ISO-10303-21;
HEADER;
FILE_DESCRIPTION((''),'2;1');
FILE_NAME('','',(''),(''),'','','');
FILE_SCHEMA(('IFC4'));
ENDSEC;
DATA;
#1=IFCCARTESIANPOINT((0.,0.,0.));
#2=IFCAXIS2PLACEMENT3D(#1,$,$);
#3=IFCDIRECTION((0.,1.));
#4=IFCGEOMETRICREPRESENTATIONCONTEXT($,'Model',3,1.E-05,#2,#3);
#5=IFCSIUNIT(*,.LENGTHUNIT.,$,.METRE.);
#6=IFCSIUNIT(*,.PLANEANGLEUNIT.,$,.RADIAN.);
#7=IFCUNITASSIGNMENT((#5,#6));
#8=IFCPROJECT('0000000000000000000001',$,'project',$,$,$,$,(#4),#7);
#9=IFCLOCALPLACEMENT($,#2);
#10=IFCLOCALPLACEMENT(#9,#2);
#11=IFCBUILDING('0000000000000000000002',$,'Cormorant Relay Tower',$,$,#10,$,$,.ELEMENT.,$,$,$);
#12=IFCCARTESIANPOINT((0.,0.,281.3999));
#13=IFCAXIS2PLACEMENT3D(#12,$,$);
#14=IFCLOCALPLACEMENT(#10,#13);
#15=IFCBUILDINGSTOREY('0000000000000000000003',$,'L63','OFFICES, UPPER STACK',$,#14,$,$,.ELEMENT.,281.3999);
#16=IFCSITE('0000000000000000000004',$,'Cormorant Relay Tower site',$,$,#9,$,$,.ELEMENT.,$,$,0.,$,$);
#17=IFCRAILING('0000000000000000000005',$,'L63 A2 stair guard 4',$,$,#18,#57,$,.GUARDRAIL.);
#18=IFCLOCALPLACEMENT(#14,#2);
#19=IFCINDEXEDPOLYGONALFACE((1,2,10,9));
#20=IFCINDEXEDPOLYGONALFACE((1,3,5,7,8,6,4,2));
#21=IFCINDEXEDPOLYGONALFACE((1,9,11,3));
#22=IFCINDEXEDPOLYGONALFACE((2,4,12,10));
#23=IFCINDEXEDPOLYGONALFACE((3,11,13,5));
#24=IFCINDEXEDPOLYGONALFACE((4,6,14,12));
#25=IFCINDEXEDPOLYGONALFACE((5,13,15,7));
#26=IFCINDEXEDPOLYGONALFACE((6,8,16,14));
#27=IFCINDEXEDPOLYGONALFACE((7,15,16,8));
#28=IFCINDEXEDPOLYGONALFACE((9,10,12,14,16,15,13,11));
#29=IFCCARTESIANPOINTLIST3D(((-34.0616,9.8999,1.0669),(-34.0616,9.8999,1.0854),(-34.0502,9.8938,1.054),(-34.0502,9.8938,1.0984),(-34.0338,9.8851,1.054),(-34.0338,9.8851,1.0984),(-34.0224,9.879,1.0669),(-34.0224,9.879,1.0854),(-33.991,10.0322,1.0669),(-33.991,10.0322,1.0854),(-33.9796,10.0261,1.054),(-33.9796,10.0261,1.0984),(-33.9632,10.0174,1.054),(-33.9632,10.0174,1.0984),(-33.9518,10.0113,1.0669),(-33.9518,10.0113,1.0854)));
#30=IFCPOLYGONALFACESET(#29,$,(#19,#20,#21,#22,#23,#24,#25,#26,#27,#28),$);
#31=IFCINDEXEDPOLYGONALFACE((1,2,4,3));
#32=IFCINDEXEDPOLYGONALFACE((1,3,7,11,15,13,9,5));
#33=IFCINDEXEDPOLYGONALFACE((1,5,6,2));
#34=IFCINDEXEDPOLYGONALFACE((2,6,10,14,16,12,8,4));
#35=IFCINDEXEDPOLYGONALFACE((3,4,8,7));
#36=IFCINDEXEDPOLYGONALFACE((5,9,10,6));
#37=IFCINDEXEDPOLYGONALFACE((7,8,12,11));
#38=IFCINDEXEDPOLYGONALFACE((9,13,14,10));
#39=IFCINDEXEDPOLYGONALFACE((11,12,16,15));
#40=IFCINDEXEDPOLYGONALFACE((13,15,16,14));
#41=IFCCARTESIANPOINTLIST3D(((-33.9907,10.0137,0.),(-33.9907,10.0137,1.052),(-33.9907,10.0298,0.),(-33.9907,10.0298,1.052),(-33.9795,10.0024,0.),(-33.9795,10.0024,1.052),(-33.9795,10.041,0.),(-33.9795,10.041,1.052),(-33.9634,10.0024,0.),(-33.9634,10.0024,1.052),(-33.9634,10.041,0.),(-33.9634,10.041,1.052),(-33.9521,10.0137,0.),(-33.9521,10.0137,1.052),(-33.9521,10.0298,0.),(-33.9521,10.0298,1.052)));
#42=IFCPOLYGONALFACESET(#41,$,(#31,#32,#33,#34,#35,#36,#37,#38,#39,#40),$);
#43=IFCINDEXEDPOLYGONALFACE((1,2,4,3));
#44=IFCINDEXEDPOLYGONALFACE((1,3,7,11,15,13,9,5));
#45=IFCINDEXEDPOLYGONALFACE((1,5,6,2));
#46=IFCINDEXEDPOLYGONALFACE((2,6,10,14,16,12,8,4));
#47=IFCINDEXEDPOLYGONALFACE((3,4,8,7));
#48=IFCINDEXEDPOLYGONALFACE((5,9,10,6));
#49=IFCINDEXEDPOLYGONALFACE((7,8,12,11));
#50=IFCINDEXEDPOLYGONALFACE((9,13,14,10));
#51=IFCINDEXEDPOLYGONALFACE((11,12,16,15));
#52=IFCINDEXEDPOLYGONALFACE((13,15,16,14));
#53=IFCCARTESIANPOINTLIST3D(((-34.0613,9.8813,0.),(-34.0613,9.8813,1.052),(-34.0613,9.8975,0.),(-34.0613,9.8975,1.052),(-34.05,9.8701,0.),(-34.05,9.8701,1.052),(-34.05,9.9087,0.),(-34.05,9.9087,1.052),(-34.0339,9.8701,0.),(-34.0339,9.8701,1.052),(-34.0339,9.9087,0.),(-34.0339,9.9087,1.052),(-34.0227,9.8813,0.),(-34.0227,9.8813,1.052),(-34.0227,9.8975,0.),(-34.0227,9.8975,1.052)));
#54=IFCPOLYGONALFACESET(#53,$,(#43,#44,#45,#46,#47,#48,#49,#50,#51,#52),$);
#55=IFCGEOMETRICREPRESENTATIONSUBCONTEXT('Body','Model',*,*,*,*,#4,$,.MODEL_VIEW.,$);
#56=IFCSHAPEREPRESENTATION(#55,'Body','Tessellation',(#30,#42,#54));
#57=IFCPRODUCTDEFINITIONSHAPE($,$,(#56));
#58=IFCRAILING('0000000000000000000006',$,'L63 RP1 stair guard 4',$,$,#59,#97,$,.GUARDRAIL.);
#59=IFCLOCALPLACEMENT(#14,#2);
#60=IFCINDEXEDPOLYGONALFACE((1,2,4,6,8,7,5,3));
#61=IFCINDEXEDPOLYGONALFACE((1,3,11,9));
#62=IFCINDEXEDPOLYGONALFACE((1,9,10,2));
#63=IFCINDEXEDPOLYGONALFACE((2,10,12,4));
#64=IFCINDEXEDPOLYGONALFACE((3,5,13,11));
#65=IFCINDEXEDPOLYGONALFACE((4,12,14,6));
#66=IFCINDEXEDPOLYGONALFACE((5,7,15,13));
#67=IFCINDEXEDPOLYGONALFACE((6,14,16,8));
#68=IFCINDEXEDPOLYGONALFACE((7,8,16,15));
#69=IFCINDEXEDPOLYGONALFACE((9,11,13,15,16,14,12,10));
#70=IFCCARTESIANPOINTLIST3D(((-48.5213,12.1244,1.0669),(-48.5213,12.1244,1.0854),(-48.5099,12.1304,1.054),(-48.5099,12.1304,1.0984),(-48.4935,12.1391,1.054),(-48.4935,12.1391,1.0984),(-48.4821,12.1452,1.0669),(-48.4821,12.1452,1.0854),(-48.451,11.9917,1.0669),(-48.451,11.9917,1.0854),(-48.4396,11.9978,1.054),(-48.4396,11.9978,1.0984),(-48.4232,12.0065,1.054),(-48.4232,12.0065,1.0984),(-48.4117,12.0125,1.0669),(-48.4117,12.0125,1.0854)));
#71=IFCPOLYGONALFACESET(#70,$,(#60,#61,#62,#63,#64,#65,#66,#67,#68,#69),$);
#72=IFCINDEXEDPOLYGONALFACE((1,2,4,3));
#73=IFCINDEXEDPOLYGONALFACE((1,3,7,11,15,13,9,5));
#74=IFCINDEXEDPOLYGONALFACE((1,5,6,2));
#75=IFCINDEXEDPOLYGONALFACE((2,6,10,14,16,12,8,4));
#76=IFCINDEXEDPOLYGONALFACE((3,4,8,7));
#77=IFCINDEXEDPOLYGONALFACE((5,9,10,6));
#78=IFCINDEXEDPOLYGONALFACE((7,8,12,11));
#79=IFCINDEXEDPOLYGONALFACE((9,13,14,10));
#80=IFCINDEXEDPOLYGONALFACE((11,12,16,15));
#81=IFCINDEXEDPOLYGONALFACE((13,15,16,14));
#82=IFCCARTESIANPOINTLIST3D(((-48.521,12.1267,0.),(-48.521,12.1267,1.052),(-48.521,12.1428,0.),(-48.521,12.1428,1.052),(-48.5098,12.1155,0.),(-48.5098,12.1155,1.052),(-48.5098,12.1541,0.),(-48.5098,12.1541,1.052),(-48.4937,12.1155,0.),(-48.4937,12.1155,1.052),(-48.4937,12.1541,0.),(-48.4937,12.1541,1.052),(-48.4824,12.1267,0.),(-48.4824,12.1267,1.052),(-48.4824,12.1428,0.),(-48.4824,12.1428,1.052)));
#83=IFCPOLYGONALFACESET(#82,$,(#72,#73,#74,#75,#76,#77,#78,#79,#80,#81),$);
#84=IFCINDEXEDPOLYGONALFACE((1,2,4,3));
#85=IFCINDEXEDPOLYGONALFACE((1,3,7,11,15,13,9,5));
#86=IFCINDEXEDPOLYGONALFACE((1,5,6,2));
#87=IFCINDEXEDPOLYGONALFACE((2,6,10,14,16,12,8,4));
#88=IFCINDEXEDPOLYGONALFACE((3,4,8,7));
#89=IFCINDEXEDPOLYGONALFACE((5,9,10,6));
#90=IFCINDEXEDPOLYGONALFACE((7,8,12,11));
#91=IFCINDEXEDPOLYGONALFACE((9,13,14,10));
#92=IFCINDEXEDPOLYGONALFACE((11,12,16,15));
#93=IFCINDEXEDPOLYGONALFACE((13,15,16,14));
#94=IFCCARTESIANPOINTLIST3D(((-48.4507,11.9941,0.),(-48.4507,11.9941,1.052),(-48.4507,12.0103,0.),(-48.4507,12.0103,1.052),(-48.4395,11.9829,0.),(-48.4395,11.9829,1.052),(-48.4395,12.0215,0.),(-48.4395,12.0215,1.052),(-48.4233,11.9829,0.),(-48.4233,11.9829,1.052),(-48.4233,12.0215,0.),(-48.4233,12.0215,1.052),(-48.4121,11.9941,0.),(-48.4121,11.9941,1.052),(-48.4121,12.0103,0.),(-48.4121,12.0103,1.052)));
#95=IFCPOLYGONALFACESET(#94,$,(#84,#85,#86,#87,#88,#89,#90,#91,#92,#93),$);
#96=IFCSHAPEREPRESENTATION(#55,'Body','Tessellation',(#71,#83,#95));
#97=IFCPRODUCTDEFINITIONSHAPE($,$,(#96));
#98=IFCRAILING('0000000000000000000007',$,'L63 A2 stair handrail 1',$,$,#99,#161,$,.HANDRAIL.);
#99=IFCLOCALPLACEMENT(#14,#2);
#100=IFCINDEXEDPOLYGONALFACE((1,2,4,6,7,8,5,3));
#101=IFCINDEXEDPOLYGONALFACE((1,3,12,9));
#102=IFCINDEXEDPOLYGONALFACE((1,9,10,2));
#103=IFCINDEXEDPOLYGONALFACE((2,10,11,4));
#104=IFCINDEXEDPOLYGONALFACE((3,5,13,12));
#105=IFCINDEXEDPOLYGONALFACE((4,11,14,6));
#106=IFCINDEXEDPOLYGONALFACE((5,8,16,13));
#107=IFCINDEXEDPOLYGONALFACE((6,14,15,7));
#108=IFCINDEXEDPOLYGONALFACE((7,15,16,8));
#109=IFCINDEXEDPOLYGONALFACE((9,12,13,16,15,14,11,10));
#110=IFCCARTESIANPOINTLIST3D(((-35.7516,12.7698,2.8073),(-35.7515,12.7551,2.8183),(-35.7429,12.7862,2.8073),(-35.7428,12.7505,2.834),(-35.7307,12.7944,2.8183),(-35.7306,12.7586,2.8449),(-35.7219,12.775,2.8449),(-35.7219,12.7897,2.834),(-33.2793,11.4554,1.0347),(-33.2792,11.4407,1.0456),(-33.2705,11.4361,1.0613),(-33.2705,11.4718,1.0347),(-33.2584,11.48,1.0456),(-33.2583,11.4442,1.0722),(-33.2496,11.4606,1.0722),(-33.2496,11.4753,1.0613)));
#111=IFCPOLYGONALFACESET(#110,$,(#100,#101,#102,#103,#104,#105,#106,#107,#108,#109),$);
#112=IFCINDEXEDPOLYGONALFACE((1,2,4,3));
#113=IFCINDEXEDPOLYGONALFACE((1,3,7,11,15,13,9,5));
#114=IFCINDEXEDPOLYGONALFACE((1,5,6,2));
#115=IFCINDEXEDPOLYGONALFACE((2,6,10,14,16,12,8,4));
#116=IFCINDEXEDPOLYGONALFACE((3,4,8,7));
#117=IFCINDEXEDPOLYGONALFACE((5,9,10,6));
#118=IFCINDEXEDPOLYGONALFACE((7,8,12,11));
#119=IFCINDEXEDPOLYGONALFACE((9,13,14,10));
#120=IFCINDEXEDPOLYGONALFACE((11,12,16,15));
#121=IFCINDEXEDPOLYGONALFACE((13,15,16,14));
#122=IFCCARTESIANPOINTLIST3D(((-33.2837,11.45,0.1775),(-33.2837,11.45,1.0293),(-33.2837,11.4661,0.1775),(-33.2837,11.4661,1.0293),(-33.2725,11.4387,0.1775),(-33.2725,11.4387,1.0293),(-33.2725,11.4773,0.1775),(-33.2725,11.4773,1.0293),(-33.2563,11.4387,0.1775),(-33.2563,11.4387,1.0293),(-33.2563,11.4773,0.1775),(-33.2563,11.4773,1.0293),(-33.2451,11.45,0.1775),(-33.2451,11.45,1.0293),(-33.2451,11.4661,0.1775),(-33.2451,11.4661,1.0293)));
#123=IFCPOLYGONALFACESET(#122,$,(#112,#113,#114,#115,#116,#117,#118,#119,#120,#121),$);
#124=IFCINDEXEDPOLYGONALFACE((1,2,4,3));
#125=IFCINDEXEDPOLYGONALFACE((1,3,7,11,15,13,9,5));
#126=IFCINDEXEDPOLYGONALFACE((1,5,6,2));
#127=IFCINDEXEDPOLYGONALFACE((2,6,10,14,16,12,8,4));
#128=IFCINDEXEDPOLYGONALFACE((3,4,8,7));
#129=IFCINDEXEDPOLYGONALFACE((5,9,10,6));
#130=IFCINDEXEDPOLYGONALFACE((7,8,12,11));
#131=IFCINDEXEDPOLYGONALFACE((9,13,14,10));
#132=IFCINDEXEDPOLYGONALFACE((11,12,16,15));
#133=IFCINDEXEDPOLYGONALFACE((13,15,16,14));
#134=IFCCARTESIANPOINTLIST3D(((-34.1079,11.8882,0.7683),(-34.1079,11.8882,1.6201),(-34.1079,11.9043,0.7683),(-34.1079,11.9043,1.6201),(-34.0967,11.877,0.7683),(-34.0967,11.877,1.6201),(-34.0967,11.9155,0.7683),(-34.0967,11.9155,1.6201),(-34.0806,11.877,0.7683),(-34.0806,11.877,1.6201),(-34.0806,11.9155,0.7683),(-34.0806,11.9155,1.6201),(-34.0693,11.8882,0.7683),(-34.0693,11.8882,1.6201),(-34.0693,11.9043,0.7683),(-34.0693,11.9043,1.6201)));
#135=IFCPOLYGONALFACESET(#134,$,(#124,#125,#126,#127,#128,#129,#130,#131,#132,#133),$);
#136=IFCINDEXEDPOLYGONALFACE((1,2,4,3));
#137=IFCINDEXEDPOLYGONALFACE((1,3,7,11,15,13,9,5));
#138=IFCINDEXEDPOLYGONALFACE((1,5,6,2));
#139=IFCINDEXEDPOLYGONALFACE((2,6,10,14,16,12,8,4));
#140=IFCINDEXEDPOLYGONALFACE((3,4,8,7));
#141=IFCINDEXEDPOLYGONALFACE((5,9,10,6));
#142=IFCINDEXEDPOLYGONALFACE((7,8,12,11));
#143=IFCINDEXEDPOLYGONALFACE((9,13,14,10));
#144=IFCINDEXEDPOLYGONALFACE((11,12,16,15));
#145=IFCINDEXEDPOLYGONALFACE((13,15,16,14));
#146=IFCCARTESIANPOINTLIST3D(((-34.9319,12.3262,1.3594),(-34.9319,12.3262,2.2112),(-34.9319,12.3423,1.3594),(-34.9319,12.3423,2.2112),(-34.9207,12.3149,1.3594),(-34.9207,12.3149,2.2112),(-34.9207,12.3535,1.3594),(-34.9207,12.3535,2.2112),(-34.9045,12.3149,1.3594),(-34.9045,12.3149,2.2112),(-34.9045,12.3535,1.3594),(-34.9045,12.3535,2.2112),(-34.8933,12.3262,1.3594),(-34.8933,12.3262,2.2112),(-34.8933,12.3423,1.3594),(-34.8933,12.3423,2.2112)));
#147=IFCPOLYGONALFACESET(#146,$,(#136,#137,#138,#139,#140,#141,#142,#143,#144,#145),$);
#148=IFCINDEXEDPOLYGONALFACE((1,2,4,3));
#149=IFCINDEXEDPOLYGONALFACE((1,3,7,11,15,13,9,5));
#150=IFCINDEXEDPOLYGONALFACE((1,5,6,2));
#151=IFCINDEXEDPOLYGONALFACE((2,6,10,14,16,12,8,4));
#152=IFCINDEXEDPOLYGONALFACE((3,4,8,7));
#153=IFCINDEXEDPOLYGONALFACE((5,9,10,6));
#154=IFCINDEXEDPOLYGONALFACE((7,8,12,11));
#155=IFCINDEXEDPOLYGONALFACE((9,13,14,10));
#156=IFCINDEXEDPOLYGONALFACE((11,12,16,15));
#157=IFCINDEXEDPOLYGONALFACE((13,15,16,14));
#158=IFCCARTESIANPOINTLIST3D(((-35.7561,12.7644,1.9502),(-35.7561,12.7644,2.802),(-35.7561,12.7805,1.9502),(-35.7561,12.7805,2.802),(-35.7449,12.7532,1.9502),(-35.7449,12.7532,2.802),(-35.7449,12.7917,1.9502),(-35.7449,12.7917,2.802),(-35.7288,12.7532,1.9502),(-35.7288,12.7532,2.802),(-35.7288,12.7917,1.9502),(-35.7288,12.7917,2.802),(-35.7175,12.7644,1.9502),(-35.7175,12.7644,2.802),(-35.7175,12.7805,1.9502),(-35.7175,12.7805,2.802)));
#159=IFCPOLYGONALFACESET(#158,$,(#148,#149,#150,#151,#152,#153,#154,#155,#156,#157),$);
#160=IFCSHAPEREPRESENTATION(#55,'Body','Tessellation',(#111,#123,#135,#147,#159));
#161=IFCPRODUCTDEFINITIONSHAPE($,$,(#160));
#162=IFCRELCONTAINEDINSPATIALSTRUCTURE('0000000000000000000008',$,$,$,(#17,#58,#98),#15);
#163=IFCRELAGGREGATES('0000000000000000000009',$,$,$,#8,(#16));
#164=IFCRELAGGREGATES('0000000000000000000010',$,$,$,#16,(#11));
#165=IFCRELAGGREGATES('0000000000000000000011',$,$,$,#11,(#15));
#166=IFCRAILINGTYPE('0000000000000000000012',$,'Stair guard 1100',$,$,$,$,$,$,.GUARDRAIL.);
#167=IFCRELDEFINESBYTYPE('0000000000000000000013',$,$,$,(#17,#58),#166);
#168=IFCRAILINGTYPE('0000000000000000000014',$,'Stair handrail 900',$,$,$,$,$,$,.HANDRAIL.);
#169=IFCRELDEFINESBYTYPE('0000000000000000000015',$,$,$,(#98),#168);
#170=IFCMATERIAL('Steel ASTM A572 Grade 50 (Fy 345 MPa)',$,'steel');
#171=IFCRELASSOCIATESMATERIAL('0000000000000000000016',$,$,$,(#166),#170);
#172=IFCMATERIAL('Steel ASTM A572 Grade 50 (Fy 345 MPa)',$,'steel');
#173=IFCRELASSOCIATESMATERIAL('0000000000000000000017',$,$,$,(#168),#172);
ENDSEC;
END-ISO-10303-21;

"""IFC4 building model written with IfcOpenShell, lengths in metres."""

from ifc_helpers import new_model, si_unit, direction, frame, origin, place, context, subcontext, project, spatial, polyline, outline, extrude, material, type_object, element, save


model = new_model("IFC4")

# Units and contexts
model_context = context("Model", 3, precision=1e-05, world=origin(), true_north=direction((0.0, 1.0)))
body_context = subcontext(model_context, "Body", "Model", "MODEL_VIEW")
ifc_project = project(units=[si_unit("LENGTHUNIT", "METRE"), si_unit("PLANEANGLEUNIT", "RADIAN")], contexts=[model_context])

# Site, building, storey
site_placement = place(None, origin())
site = spatial("IfcSite", under=ifc_project, at=site_placement, Name="Cormorant Relay Tower site", CompositionType="ELEMENT", RefElevation=0.0)
building_placement = place(site_placement, origin())
building = spatial("IfcBuilding", under=site, at=building_placement, Name="Cormorant Relay Tower", CompositionType="ELEMENT")
storey_placement = place(building_placement, frame((0.0, 0.0, 281.3999)))
storey = spatial("IfcBuildingStorey", under=building, at=storey_placement, Name="L63", Description="OFFICES, UPPER STACK", CompositionType="ELEMENT", Elevation=281.3999)

# Railings
ifc_material_1 = material(Name="Steel ASTM A572 Grade 50 (Fy 345 MPa)", Category="steel")
railing_type_1 = type_object("IfcRailingType", Name="Stair guard 1100", PredefinedType="GUARDRAIL", material=ifc_material_1)
railing_1_placement = place(storey_placement, frame((-33.9714, 10.0217, 0.0)))
element("IfcRailing", 1, at=railing_1_placement, inside=storey, type_object=railing_type_1, Name="L63 A2 stair guard 4", PredefinedType="GUARDRAIL", context=body_context, shape_type="SweptSolid", body=[
    extrude(outline(polyline([(0.0222, 0.0093), (0.0093, 0.0222), (-0.0093, 0.0222), (-0.0222, 0.0093), (-0.0222, -0.0093), (-0.0093, -0.0222), (0.0093, -0.0222), (0.0222, -0.0093), (0.0222, 0.0093)])), frame((0.0, 0.0, 1.0762), z_axis=(-0.470504, -0.882398, 0.0), x_axis=(0.882398, -0.470504, 0.0)), (0.0, 0.0, 1.0), 0.1499),
    extrude(outline(polyline([(0.0193, 0.0081), (0.0081, 0.0193), (-0.0081, 0.0193), (-0.0193, 0.0081), (-0.0193, -0.0081), (-0.0081, -0.0193), (0.0081, -0.0193), (0.0193, -0.0081), (0.0193, 0.0081)])), origin(), (0.0, 0.0, 1.0), 1.052),
    extrude(outline(polyline([(0.0193, 0.0081), (0.0081, 0.0193), (-0.0081, 0.0193), (-0.0193, 0.0081), (-0.0193, -0.0081), (-0.0081, -0.0193), (0.0081, -0.0193), (0.0193, -0.0081), (0.0193, 0.0081)])), frame((-0.0706, -0.1323, 0.0)), (0.0, 0.0, 1.0), 1.052),
])
railing_2_placement = place(storey_placement, frame((-48.5017, 12.1348, 0.0)))
element("IfcRailing", 2, at=railing_2_placement, inside=storey, type_object=railing_type_1, Name="L63 RP1 stair guard 4", PredefinedType="GUARDRAIL", context=body_context, shape_type="SweptSolid", body=[
    extrude(outline(polyline([(0.0222, 0.0093), (0.0093, 0.0222), (-0.0093, 0.0222), (-0.0222, 0.0093), (-0.0222, -0.0093), (-0.0093, -0.0222), (0.0093, -0.0222), (0.0222, -0.0093), (0.0222, 0.0093)])), frame((0.0, 0.0, 1.0762), z_axis=(0.46856, -0.883431, 0.0), x_axis=(0.883431, 0.46856, 0.0)), (0.0, 0.0, 1.0), 0.1501),
    extrude(outline(polyline([(0.0193, 0.0081), (0.0081, 0.0193), (-0.0081, 0.0193), (-0.0193, 0.0081), (-0.0193, -0.0081), (-0.0081, -0.0193), (0.0081, -0.0193), (0.0193, -0.0081), (0.0193, 0.0081)])), origin(), (0.0, 0.0, 1.0), 1.052),
    extrude(outline(polyline([(0.0193, 0.0081), (0.0081, 0.0193), (-0.0081, 0.0193), (-0.0193, 0.0081), (-0.0193, -0.0081), (-0.0081, -0.0193), (0.0081, -0.0193), (0.0193, -0.0081), (0.0193, 0.0081)])), frame((0.0703, -0.1326, 0.0)), (0.0, 0.0, 1.0), 1.052),
])
ifc_material_2 = material(Name="Steel ASTM A572 Grade 50 (Fy 345 MPa)", Category="steel")
railing_type_2 = type_object("IfcRailingType", Name="Stair handrail 900", PredefinedType="HANDRAIL", material=ifc_material_2)
railing_3_placement = place(storey_placement, frame((-33.2644, 11.458, 0.1775)))
element("IfcRailing", 3, at=railing_3_placement, inside=storey, type_object=railing_type_2, Name="L63 A2 stair handrail 1", PredefinedType="HANDRAIL", context=body_context, shape_type="SweptSolid", body=[
    extrude(outline(polyline([(0.0222, 0.0093), (0.0093, 0.0222), (-0.0093, 0.0222), (-0.0222, 0.0093), (-0.0222, -0.0093), (-0.0093, -0.0222), (0.0093, -0.0222), (0.0222, -0.0093), (0.0222, 0.0093)])), frame((0.0, 0.0, 0.876), z_axis=(-0.746034, 0.396627, 0.534902), x_axis=(-0.469429, -0.88297, 0.0)), (0.0, 0.0, 1.0), 3.314),
    extrude(outline(polyline([(0.0193, 0.0081), (0.0081, 0.0193), (-0.0081, 0.0193), (-0.0193, 0.0081), (-0.0193, -0.0081), (-0.0081, -0.0193), (0.0081, -0.0193), (0.0193, -0.0081), (0.0193, 0.0081)])), origin(), (0.0, 0.0, 1.0), 0.8518),
    extrude(outline(polyline([(0.0193, 0.0081), (0.0081, 0.0193), (-0.0081, 0.0193), (-0.0193, 0.0081), (-0.0193, -0.0081), (-0.0081, -0.0193), (0.0081, -0.0193), (0.0193, -0.0081), (0.0193, 0.0081)])), frame((-0.8242, 0.4382, 0.5908)), (0.0, 0.0, 1.0), 0.8518),
    extrude(outline(polyline([(0.0193, 0.0081), (0.0081, 0.0193), (-0.0081, 0.0193), (-0.0193, 0.0081), (-0.0193, -0.0081), (-0.0081, -0.0193), (0.0081, -0.0193), (0.0193, -0.0081), (0.0193, 0.0081)])), frame((-1.6482, 0.8762, 1.1819)), (0.0, 0.0, 1.0), 0.8518),
    extrude(outline(polyline([(0.0193, 0.0081), (0.0081, 0.0193), (-0.0081, 0.0193), (-0.0193, 0.0081), (-0.0193, -0.0081), (-0.0081, -0.0193), (0.0081, -0.0193), (0.0193, -0.0081), (0.0193, 0.0081)])), frame((-2.4724, 1.3145, 1.7727)), (0.0, 0.0, 1.0), 0.8518),
])

save(model, "model.ifc")
